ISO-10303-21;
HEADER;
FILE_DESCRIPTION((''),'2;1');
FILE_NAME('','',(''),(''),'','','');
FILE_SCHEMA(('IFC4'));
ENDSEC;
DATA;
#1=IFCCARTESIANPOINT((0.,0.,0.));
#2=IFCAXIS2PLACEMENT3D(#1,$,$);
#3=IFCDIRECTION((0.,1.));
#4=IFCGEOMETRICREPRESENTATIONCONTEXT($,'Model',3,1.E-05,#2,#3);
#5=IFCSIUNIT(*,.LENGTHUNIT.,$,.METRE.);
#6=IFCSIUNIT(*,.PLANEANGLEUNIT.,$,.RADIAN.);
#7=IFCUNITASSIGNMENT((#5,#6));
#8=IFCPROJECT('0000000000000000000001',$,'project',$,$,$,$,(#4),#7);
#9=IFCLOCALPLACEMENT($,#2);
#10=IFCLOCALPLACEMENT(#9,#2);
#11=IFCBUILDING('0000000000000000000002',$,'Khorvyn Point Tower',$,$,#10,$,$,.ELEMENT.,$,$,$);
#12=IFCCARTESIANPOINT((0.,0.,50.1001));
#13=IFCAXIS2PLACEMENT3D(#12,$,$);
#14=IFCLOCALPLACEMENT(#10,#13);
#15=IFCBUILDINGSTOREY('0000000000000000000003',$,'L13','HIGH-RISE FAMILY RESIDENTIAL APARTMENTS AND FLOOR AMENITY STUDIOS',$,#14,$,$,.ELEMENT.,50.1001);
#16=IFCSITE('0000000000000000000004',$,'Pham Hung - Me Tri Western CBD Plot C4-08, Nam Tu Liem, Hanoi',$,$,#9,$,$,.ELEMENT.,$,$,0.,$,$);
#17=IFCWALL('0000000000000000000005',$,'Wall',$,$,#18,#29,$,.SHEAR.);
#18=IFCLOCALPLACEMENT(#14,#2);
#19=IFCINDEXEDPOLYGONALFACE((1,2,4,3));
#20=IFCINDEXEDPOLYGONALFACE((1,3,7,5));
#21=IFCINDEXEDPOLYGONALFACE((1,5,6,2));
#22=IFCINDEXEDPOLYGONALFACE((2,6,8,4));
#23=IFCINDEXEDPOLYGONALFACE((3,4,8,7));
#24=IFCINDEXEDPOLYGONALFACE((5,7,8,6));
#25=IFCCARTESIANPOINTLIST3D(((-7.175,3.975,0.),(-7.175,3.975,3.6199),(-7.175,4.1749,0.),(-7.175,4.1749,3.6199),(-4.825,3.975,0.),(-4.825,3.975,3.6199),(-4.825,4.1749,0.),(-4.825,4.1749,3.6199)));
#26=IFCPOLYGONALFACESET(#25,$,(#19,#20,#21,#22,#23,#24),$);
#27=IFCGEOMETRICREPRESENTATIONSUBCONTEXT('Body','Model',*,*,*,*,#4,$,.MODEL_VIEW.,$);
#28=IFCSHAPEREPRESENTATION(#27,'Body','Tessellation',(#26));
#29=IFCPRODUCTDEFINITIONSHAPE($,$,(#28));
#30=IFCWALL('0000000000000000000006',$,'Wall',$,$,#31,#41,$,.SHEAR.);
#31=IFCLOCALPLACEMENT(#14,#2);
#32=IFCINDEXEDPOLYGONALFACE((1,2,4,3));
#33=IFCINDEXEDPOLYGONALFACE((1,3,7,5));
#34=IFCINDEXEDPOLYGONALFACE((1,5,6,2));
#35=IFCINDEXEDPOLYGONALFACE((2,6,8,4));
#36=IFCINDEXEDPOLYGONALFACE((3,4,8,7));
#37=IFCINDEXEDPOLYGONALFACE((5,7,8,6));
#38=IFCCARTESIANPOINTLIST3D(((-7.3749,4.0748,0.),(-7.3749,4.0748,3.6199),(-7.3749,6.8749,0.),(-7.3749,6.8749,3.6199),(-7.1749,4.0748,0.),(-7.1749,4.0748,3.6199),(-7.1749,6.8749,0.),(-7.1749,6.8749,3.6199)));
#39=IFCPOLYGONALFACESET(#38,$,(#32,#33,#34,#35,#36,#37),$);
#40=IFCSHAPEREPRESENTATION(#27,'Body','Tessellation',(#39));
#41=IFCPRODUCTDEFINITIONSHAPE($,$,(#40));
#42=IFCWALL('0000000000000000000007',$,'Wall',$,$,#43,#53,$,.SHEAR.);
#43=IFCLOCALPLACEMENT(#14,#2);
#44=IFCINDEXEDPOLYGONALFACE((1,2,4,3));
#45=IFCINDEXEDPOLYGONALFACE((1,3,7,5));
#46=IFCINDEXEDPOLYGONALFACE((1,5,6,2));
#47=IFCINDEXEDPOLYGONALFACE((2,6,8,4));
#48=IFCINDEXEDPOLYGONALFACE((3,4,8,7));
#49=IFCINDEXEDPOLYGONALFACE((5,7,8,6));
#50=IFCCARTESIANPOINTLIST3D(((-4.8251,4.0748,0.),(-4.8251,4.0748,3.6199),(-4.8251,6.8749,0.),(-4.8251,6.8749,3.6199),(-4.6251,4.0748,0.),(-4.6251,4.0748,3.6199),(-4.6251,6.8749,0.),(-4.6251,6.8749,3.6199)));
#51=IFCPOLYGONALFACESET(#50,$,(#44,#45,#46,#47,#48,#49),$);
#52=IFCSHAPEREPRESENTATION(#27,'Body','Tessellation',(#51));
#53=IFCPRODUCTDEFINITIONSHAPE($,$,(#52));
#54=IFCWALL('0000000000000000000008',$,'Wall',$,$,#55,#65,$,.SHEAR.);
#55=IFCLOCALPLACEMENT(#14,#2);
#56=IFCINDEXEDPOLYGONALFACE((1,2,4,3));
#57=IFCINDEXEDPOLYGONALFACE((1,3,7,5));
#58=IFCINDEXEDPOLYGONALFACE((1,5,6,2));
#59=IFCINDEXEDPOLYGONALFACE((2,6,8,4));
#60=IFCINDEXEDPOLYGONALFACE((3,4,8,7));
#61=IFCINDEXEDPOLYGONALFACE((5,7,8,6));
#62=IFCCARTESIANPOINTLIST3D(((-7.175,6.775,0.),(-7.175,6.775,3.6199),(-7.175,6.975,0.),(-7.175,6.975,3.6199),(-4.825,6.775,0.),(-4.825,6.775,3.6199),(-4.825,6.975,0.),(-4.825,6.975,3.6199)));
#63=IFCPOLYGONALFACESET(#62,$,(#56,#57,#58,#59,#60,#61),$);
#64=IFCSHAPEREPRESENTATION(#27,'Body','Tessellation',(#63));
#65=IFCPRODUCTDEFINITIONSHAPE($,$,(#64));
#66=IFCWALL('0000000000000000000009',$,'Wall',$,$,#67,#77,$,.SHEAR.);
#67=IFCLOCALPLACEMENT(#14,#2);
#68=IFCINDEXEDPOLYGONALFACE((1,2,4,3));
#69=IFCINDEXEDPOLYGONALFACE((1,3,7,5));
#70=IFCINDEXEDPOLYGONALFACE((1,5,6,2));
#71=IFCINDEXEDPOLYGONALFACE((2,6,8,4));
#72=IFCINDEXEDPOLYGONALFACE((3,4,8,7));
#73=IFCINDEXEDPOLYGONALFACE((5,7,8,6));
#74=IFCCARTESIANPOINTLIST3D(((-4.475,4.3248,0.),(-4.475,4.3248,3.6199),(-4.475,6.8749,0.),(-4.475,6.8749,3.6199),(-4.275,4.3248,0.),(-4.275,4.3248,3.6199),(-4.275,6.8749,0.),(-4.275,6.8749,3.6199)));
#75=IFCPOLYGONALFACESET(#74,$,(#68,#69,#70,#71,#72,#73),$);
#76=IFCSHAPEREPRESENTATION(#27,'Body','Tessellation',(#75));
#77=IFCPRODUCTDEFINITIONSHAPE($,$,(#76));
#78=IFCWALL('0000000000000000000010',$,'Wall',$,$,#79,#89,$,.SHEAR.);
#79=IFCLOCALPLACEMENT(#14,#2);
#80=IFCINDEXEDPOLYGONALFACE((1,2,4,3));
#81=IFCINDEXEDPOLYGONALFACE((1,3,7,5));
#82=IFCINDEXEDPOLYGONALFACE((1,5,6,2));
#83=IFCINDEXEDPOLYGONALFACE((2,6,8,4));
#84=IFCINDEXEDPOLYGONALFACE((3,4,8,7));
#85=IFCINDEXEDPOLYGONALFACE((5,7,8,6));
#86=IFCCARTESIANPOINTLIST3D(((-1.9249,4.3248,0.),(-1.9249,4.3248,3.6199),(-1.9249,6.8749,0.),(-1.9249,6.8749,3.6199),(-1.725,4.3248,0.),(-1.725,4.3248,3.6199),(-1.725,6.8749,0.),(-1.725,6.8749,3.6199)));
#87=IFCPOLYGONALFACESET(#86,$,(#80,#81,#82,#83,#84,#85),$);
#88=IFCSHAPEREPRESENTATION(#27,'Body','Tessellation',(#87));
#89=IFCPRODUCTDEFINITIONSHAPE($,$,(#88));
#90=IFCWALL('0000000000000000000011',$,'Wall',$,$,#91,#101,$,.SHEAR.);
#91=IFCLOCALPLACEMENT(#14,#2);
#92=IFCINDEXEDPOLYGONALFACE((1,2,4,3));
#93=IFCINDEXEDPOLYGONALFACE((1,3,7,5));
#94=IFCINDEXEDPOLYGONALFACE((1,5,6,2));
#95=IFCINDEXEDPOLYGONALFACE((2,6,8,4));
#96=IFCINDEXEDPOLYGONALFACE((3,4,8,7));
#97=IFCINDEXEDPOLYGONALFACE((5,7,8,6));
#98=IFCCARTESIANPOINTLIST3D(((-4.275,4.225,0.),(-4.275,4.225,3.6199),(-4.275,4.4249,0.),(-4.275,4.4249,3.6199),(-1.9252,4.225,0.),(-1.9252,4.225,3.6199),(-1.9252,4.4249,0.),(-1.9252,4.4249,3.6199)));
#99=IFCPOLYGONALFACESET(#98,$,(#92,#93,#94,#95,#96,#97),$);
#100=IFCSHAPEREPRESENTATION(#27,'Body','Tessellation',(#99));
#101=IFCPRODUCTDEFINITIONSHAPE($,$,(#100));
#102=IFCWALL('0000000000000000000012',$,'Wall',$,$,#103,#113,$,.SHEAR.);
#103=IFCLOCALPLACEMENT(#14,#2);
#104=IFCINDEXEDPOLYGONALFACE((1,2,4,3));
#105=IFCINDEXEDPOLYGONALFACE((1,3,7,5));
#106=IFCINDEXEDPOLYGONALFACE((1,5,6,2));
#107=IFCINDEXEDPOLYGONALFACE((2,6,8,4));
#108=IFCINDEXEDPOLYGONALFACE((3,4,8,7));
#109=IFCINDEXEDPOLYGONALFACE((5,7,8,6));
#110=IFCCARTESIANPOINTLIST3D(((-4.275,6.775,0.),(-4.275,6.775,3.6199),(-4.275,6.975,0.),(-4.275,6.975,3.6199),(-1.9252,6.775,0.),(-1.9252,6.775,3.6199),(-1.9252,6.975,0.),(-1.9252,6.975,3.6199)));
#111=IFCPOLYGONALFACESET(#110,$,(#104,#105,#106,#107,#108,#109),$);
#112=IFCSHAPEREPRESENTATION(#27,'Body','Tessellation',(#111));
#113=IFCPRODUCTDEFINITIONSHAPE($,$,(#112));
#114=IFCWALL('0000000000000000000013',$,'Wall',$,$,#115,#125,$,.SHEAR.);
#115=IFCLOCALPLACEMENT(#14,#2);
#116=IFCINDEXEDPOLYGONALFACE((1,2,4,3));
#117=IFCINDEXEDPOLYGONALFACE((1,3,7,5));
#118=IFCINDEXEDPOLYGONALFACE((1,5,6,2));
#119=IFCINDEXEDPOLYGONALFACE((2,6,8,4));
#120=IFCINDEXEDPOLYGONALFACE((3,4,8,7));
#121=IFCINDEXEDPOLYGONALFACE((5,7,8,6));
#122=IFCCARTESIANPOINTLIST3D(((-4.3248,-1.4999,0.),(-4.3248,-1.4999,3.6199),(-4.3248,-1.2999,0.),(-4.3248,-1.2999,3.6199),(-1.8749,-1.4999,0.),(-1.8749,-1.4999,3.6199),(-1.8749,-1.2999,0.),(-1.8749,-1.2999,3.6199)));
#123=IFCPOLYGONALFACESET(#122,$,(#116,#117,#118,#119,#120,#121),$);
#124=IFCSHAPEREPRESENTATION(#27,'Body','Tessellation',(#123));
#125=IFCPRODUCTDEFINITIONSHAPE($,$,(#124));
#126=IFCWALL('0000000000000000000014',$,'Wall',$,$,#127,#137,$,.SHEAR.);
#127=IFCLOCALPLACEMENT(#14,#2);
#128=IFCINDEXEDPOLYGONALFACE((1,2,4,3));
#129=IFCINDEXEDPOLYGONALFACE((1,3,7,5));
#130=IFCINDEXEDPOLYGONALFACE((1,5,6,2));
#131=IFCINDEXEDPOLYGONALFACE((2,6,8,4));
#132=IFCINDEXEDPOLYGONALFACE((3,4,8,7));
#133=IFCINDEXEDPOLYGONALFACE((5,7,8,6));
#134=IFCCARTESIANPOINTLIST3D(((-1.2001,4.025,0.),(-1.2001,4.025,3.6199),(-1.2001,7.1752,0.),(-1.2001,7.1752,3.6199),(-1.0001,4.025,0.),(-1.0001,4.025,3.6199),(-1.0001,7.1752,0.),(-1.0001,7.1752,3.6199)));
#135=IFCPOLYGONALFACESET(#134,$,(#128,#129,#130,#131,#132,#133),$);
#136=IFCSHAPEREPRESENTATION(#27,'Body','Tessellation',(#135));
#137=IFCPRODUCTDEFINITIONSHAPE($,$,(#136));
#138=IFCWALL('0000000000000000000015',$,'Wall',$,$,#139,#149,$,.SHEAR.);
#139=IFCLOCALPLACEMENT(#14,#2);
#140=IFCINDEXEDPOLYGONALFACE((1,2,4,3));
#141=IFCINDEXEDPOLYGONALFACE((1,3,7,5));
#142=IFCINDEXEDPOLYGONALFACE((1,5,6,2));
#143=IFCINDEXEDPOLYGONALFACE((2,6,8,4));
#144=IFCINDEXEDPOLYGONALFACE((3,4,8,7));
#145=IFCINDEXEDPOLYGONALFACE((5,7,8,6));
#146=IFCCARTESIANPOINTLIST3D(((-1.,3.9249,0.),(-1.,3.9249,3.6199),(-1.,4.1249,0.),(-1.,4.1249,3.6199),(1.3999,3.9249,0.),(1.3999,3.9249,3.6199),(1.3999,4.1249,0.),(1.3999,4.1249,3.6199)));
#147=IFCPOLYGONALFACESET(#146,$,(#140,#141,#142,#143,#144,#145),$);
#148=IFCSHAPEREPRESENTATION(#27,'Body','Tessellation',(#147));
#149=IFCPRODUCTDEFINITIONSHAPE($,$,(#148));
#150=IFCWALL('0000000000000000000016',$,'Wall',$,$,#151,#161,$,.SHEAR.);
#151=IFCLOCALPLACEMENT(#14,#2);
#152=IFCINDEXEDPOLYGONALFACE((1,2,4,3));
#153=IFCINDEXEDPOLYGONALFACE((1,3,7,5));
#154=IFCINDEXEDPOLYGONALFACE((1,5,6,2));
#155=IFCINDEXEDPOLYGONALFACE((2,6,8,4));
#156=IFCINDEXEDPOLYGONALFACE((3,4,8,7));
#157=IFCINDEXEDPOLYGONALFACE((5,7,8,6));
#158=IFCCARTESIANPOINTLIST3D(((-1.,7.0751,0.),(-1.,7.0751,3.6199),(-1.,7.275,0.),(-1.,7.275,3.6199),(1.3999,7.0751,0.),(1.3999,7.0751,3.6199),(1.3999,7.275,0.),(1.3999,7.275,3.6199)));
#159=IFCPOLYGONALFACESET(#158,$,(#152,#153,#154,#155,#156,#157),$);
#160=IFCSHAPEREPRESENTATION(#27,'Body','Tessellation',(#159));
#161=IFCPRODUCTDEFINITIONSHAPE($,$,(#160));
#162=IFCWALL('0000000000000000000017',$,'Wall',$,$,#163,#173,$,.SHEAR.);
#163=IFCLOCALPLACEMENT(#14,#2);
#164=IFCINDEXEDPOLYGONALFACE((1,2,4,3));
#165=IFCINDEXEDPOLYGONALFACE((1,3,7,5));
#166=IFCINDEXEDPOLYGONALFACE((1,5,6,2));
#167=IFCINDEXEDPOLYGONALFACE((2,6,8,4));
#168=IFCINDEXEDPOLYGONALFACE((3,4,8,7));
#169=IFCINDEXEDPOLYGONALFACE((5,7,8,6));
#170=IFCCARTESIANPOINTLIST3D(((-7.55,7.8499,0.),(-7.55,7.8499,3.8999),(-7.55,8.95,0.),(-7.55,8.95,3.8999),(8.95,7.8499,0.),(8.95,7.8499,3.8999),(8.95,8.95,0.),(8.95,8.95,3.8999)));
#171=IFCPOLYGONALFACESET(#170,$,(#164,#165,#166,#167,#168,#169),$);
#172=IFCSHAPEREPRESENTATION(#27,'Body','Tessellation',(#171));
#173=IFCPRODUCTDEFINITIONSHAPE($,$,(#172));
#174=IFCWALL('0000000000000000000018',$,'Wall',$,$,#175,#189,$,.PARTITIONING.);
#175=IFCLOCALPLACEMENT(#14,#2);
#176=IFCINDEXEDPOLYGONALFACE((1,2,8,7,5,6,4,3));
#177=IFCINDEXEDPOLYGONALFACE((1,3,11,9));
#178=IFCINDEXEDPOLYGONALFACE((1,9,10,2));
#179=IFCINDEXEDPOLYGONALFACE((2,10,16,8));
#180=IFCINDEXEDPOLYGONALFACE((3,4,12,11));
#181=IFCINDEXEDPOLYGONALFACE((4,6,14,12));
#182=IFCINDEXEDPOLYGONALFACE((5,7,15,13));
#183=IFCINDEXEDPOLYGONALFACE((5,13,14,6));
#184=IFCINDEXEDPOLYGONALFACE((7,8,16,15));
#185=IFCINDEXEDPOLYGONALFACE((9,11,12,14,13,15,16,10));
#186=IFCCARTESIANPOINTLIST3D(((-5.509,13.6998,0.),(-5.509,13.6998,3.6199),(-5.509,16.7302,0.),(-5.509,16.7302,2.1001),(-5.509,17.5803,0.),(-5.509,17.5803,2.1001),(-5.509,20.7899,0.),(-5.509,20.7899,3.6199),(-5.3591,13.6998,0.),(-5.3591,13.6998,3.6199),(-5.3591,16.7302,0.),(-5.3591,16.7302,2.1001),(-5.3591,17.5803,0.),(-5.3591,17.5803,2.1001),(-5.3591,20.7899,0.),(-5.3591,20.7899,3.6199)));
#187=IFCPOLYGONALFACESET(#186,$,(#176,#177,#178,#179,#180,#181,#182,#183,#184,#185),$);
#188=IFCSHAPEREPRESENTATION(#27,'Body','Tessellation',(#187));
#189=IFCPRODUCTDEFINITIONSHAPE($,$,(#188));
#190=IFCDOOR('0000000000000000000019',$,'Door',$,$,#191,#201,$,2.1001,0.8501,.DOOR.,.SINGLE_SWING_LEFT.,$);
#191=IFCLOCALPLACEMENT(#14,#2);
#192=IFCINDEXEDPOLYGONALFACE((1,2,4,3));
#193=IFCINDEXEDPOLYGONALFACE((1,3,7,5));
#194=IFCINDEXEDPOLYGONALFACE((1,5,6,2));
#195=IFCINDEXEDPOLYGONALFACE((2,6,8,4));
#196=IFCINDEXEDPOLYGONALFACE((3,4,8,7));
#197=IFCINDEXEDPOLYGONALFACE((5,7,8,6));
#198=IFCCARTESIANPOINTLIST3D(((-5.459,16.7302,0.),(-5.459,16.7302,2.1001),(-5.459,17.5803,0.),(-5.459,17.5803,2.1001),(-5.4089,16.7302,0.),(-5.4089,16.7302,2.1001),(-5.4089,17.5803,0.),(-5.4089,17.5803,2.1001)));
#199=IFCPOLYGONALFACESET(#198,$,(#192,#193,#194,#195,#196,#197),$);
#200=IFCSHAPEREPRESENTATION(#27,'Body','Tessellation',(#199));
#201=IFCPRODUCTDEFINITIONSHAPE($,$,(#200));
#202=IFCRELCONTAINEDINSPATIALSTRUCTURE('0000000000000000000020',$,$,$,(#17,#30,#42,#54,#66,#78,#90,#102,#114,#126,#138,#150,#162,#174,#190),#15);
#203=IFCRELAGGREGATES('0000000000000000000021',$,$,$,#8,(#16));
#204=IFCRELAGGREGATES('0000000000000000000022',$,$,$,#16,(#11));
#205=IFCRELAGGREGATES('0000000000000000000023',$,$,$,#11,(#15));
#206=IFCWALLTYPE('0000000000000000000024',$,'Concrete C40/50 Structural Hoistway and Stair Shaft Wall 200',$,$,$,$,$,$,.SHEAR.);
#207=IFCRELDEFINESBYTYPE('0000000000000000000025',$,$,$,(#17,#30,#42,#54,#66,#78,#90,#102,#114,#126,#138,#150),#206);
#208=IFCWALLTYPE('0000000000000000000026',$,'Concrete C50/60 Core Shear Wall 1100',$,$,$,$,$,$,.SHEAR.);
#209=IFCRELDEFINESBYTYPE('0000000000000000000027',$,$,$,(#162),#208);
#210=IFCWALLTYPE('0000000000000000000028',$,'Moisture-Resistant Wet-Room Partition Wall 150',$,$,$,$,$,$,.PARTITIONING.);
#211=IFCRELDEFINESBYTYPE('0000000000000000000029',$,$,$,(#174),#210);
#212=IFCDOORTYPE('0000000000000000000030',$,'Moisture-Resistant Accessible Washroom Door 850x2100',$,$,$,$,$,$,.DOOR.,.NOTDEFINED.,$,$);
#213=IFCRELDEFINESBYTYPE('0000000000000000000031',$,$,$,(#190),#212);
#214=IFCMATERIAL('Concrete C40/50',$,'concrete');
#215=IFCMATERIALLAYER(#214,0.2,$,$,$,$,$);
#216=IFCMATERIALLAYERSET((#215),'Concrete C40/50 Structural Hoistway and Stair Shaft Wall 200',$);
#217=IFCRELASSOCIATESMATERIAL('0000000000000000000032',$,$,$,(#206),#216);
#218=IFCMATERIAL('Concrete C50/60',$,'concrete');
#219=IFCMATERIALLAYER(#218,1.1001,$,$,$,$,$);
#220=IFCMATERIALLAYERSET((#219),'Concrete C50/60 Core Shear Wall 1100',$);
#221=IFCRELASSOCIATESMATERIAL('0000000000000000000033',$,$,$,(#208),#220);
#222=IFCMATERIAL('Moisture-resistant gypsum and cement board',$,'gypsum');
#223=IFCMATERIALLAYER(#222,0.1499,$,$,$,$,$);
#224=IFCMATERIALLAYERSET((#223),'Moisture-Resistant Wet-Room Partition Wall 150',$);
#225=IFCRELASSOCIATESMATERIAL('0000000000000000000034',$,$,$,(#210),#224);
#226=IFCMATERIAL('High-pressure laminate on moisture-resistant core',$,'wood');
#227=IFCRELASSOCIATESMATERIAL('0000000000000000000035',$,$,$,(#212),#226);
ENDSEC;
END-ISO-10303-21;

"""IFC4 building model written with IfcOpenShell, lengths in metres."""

from ifc_helpers import new_model, si_unit, direction, frame, frame_2d, origin, place, context, subcontext, project, spatial, rectangle, extrude, material, layer, layer_set, type_object, element, fill, save


model = new_model("IFC4")

# Units and contexts
model_context = context("Model", 3, precision=1e-05, world=origin(), true_north=direction((0.0, 1.0)))
body_context = subcontext(model_context, "Body", "Model", "MODEL_VIEW")
ifc_project = project(units=[si_unit("LENGTHUNIT", "METRE"), si_unit("PLANEANGLEUNIT", "RADIAN")], contexts=[model_context])

# Site, building, storey
site_placement = place(None, origin())
site = spatial("IfcSite", under=ifc_project, at=site_placement, Name="Pham Hung - Me Tri Western CBD Plot C4-08, Nam Tu Liem, Hanoi", CompositionType="ELEMENT", RefElevation=0.0)
building_placement = place(site_placement, origin())
building = spatial("IfcBuilding", under=site, at=building_placement, Name="Khorvyn Point Tower", CompositionType="ELEMENT")
storey_placement = place(building_placement, frame((0.0, 0.0, 50.1001)))
storey = spatial("IfcBuildingStorey", under=building, at=storey_placement, Name="L13", Description="HIGH-RISE FAMILY RESIDENTIAL APARTMENTS AND FLOOR AMENITY STUDIOS", CompositionType="ELEMENT", Elevation=50.1001)

# Shared definitions
ifc_material_1 = material(Name="Concrete C40/50", Category="concrete")

# Shared definitions
ifc_layer_1 = layer(ifc_material_1, 0.2)
ifc_layer_set_1 = layer_set([ifc_layer_1], Name="Concrete C40/50 Structural Hoistway and Stair Shaft Wall 200")
wall_type_1 = type_object("IfcWallType", Name="Concrete C40/50 Structural Hoistway and Stair Shaft Wall 200", PredefinedType="SHEAR", material=ifc_layer_set_1)

# Walls
wall_1_placement = place(storey_placement, frame((-7.175, 4.075, 0.0), z_axis=(0.0, 0.0, 1.0), x_axis=(1.0, 0.0, 0.0)))
element("IfcWall", 1, at=wall_1_placement, inside=storey, type_object=wall_type_1, Name="Wall", PredefinedType="SHEAR", context=body_context, shape_type="SweptSolid", body=[
    extrude(rectangle(XDim=2.3501, YDim=0.2, at=frame_2d((1.175, 0.0))), origin(), (0.0, 0.0, 1.0), 3.6199),
])
for number, where, z_axis, x_axis, name in (
    (2, (-7.2749, 4.075, 0.0), (0.0, 0.0, 1.0), (0.0, 1.0, 0.0), "Wall"),
    (3, (-4.7251, 4.075, 0.0), (0.0, 0.0, 1.0), (0.0, 1.0, 0.0), "Wall"),
):
    element("IfcWall", number, at=place(storey_placement, frame(where, z_axis=z_axis, x_axis=x_axis)), inside=storey, type_object=wall_type_1, Name=name, PredefinedType="SHEAR", context=body_context, shape_type="SweptSolid", body=[
        extrude(rectangle(XDim=2.8, YDim=0.2, at=frame_2d((1.3999, 0.0))), origin(), (0.0, 0.0, 1.0), 3.6199),
    ])
wall_2_placement = place(storey_placement, frame((-7.175, 6.875, 0.0), z_axis=(0.0, 0.0, 1.0), x_axis=(1.0, 0.0, 0.0)))
element("IfcWall", 4, at=wall_2_placement, inside=storey, type_object=wall_type_1, Name="Wall", PredefinedType="SHEAR", context=body_context, shape_type="SweptSolid", body=[
    extrude(rectangle(XDim=2.3501, YDim=0.2, at=frame_2d((1.175, 0.0))), origin(), (0.0, 0.0, 1.0), 3.6199),
])
for number, where, z_axis, x_axis, name in (
    (5, (-4.375, 4.325, 0.0), (0.0, 0.0, 1.0), (0.0, 1.0, 0.0), "Wall"),
    (6, (-1.825, 4.325, 0.0), (0.0, 0.0, 1.0), (0.0, 1.0, 0.0), "Wall"),
):
    element("IfcWall", number, at=place(storey_placement, frame(where, z_axis=z_axis, x_axis=x_axis)), inside=storey, type_object=wall_type_1, Name=name, PredefinedType="SHEAR", context=body_context, shape_type="SweptSolid", body=[
        extrude(rectangle(XDim=2.55, YDim=0.2, at=frame_2d((1.2749, 0.0))), origin(), (0.0, 0.0, 1.0), 3.6199),
    ])
for number, where, z_axis, x_axis, name in (
    (7, (-4.2749, 4.325, 0.0), (0.0, 0.0, 1.0), (1.0, 0.0, 0.0), "Wall"),
    (8, (-4.2749, 6.875, 0.0), (0.0, 0.0, 1.0), (1.0, 0.0, 0.0), "Wall"),
):
    element("IfcWall", number, at=place(storey_placement, frame(where, z_axis=z_axis, x_axis=x_axis)), inside=storey, type_object=wall_type_1, Name=name, PredefinedType="SHEAR", context=body_context, shape_type="SweptSolid", body=[
        extrude(rectangle(XDim=2.3499, YDim=0.2, at=frame_2d((1.1748, 0.0))), origin(), (0.0, 0.0, 1.0), 3.6199),
    ])
wall_3_placement = place(storey_placement, frame((-4.325, -1.3999, 0.0), z_axis=(0.0, 0.0, 1.0), x_axis=(1.0, 0.0, 0.0)))
element("IfcWall", 9, at=wall_3_placement, inside=storey, type_object=wall_type_1, Name="Wall", PredefinedType="SHEAR", context=body_context, shape_type="SweptSolid", body=[
    extrude(rectangle(XDim=2.45, YDim=0.2, at=frame_2d((1.2251, 0.0))), origin(), (0.0, 0.0, 1.0), 3.6199),
])
wall_4_placement = place(storey_placement, frame((-1.1001, 4.0249, 0.0), z_axis=(0.0, 0.0, 1.0), x_axis=(0.0, 1.0, 0.0)))
element("IfcWall", 10, at=wall_4_placement, inside=storey, type_object=wall_type_1, Name="Wall", PredefinedType="SHEAR", context=body_context, shape_type="SweptSolid", body=[
    extrude(rectangle(XDim=3.1501, YDim=0.2, at=frame_2d((1.5752, 0.0))), origin(), (0.0, 0.0, 1.0), 3.6199),
])
for number, where, z_axis, x_axis, name in (
    (11, (-1.0, 4.0249, 0.0), (0.0, 0.0, 1.0), (1.0, 0.0, 0.0), "Wall"),
    (12, (-1.0, 7.175, 0.0), (0.0, 0.0, 1.0), (1.0, 0.0, 0.0), "Wall"),
):
    element("IfcWall", number, at=place(storey_placement, frame(where, z_axis=z_axis, x_axis=x_axis)), inside=storey, type_object=wall_type_1, Name=name, PredefinedType="SHEAR", context=body_context, shape_type="SweptSolid", body=[
        extrude(rectangle(XDim=2.3999, YDim=0.2, at=frame_2d((1.2, 0.0))), origin(), (0.0, 0.0, 1.0), 3.6199),
    ])
ifc_material_2 = material(Name="Concrete C50/60", Category="concrete")
ifc_layer_2 = layer(ifc_material_2, 1.1001)
ifc_layer_set_2 = layer_set([ifc_layer_2], Name="Concrete C50/60 Core Shear Wall 1100")
wall_type_2 = type_object("IfcWallType", Name="Concrete C50/60 Core Shear Wall 1100", PredefinedType="SHEAR", material=ifc_layer_set_2)
wall_5_placement = place(storey_placement, frame((-7.55, 8.3999, 0.0), z_axis=(0.0, 0.0, 1.0), x_axis=(1.0, 0.0, 0.0)))
element("IfcWall", 13, at=wall_5_placement, inside=storey, type_object=wall_type_2, Name="Wall", PredefinedType="SHEAR", context=body_context, shape_type="SweptSolid", body=[
    extrude(rectangle(XDim=16.5, YDim=1.1001, at=frame_2d((8.25, 0.0))), origin(), (0.0, 0.0, 1.0), 3.8999),
])

# Wall, opening, door
ifc_material_3 = material(Name="Moisture-resistant gypsum and cement board", Category="gypsum")
ifc_layer_3 = layer(ifc_material_3, 0.1499)
ifc_layer_set_3 = layer_set([ifc_layer_3], Name="Moisture-Resistant Wet-Room Partition Wall 150")
wall_type_3 = type_object("IfcWallType", Name="Moisture-Resistant Wet-Room Partition Wall 150", PredefinedType="PARTITIONING", material=ifc_layer_set_3)
wall_6_placement = place(storey_placement, frame((-5.4341, 13.7, 0.0), z_axis=(0.0, 0.0, 1.0), x_axis=(0.0, 1.0, 0.0)))
wall_6 = element("IfcWall", 14, at=wall_6_placement, inside=storey, type_object=wall_type_3, Name="Wall", PredefinedType="PARTITIONING", context=body_context, shape_type="SweptSolid", body=[
    extrude(rectangle(XDim=7.0901, YDim=0.1499, at=frame_2d((3.5449, 0.0))), origin(), (0.0, 0.0, 1.0), 3.6199),
])
opening_1_placement = place(wall_6_placement, frame((3.0303, 0.0, 0.0)))
opening_1 = element("IfcOpeningElement", 15, at=opening_1_placement, cuts=wall_6, PredefinedType="OPENING", context=body_context, shape_type="SweptSolid", body=[
    extrude(rectangle(XDim=0.8501, YDim=2.1001, at=frame_2d((0.425, 1.05))), frame((0.0, 0.085, 0.0), z_axis=(0.0, -1.0, 0.0), x_axis=(1.0, 0.0, 0.0)), (0.0, 0.0, 1.0), 0.1699),
])
ifc_material_4 = material(Name="High-pressure laminate on moisture-resistant core", Category="wood")
door_type_1 = type_object("IfcDoorType", Name="Moisture-Resistant Accessible Washroom Door 850x2100", OperationType="NOTDEFINED", PredefinedType="DOOR", material=ifc_material_4)
door_1_placement = place(opening_1_placement, origin())
door_1 = element("IfcDoor", 16, at=door_1_placement, inside=storey, type_object=door_type_1, Name="Door", OperationType="SINGLE_SWING_LEFT", OverallHeight=2.1001, OverallWidth=0.8501, PredefinedType="DOOR", context=body_context, shape_type="SweptSolid", body=[
    extrude(rectangle(XDim=0.8501, YDim=2.1001, at=frame_2d((0.425, 1.05))), frame((0.0, 0.0249, 0.0), z_axis=(0.0, -1.0, 0.0), x_axis=(1.0, 0.0, 0.0)), (0.0, 0.0, 1.0), 0.05),
])
fill(opening_1, door_1)

save(model, "model.ifc")
